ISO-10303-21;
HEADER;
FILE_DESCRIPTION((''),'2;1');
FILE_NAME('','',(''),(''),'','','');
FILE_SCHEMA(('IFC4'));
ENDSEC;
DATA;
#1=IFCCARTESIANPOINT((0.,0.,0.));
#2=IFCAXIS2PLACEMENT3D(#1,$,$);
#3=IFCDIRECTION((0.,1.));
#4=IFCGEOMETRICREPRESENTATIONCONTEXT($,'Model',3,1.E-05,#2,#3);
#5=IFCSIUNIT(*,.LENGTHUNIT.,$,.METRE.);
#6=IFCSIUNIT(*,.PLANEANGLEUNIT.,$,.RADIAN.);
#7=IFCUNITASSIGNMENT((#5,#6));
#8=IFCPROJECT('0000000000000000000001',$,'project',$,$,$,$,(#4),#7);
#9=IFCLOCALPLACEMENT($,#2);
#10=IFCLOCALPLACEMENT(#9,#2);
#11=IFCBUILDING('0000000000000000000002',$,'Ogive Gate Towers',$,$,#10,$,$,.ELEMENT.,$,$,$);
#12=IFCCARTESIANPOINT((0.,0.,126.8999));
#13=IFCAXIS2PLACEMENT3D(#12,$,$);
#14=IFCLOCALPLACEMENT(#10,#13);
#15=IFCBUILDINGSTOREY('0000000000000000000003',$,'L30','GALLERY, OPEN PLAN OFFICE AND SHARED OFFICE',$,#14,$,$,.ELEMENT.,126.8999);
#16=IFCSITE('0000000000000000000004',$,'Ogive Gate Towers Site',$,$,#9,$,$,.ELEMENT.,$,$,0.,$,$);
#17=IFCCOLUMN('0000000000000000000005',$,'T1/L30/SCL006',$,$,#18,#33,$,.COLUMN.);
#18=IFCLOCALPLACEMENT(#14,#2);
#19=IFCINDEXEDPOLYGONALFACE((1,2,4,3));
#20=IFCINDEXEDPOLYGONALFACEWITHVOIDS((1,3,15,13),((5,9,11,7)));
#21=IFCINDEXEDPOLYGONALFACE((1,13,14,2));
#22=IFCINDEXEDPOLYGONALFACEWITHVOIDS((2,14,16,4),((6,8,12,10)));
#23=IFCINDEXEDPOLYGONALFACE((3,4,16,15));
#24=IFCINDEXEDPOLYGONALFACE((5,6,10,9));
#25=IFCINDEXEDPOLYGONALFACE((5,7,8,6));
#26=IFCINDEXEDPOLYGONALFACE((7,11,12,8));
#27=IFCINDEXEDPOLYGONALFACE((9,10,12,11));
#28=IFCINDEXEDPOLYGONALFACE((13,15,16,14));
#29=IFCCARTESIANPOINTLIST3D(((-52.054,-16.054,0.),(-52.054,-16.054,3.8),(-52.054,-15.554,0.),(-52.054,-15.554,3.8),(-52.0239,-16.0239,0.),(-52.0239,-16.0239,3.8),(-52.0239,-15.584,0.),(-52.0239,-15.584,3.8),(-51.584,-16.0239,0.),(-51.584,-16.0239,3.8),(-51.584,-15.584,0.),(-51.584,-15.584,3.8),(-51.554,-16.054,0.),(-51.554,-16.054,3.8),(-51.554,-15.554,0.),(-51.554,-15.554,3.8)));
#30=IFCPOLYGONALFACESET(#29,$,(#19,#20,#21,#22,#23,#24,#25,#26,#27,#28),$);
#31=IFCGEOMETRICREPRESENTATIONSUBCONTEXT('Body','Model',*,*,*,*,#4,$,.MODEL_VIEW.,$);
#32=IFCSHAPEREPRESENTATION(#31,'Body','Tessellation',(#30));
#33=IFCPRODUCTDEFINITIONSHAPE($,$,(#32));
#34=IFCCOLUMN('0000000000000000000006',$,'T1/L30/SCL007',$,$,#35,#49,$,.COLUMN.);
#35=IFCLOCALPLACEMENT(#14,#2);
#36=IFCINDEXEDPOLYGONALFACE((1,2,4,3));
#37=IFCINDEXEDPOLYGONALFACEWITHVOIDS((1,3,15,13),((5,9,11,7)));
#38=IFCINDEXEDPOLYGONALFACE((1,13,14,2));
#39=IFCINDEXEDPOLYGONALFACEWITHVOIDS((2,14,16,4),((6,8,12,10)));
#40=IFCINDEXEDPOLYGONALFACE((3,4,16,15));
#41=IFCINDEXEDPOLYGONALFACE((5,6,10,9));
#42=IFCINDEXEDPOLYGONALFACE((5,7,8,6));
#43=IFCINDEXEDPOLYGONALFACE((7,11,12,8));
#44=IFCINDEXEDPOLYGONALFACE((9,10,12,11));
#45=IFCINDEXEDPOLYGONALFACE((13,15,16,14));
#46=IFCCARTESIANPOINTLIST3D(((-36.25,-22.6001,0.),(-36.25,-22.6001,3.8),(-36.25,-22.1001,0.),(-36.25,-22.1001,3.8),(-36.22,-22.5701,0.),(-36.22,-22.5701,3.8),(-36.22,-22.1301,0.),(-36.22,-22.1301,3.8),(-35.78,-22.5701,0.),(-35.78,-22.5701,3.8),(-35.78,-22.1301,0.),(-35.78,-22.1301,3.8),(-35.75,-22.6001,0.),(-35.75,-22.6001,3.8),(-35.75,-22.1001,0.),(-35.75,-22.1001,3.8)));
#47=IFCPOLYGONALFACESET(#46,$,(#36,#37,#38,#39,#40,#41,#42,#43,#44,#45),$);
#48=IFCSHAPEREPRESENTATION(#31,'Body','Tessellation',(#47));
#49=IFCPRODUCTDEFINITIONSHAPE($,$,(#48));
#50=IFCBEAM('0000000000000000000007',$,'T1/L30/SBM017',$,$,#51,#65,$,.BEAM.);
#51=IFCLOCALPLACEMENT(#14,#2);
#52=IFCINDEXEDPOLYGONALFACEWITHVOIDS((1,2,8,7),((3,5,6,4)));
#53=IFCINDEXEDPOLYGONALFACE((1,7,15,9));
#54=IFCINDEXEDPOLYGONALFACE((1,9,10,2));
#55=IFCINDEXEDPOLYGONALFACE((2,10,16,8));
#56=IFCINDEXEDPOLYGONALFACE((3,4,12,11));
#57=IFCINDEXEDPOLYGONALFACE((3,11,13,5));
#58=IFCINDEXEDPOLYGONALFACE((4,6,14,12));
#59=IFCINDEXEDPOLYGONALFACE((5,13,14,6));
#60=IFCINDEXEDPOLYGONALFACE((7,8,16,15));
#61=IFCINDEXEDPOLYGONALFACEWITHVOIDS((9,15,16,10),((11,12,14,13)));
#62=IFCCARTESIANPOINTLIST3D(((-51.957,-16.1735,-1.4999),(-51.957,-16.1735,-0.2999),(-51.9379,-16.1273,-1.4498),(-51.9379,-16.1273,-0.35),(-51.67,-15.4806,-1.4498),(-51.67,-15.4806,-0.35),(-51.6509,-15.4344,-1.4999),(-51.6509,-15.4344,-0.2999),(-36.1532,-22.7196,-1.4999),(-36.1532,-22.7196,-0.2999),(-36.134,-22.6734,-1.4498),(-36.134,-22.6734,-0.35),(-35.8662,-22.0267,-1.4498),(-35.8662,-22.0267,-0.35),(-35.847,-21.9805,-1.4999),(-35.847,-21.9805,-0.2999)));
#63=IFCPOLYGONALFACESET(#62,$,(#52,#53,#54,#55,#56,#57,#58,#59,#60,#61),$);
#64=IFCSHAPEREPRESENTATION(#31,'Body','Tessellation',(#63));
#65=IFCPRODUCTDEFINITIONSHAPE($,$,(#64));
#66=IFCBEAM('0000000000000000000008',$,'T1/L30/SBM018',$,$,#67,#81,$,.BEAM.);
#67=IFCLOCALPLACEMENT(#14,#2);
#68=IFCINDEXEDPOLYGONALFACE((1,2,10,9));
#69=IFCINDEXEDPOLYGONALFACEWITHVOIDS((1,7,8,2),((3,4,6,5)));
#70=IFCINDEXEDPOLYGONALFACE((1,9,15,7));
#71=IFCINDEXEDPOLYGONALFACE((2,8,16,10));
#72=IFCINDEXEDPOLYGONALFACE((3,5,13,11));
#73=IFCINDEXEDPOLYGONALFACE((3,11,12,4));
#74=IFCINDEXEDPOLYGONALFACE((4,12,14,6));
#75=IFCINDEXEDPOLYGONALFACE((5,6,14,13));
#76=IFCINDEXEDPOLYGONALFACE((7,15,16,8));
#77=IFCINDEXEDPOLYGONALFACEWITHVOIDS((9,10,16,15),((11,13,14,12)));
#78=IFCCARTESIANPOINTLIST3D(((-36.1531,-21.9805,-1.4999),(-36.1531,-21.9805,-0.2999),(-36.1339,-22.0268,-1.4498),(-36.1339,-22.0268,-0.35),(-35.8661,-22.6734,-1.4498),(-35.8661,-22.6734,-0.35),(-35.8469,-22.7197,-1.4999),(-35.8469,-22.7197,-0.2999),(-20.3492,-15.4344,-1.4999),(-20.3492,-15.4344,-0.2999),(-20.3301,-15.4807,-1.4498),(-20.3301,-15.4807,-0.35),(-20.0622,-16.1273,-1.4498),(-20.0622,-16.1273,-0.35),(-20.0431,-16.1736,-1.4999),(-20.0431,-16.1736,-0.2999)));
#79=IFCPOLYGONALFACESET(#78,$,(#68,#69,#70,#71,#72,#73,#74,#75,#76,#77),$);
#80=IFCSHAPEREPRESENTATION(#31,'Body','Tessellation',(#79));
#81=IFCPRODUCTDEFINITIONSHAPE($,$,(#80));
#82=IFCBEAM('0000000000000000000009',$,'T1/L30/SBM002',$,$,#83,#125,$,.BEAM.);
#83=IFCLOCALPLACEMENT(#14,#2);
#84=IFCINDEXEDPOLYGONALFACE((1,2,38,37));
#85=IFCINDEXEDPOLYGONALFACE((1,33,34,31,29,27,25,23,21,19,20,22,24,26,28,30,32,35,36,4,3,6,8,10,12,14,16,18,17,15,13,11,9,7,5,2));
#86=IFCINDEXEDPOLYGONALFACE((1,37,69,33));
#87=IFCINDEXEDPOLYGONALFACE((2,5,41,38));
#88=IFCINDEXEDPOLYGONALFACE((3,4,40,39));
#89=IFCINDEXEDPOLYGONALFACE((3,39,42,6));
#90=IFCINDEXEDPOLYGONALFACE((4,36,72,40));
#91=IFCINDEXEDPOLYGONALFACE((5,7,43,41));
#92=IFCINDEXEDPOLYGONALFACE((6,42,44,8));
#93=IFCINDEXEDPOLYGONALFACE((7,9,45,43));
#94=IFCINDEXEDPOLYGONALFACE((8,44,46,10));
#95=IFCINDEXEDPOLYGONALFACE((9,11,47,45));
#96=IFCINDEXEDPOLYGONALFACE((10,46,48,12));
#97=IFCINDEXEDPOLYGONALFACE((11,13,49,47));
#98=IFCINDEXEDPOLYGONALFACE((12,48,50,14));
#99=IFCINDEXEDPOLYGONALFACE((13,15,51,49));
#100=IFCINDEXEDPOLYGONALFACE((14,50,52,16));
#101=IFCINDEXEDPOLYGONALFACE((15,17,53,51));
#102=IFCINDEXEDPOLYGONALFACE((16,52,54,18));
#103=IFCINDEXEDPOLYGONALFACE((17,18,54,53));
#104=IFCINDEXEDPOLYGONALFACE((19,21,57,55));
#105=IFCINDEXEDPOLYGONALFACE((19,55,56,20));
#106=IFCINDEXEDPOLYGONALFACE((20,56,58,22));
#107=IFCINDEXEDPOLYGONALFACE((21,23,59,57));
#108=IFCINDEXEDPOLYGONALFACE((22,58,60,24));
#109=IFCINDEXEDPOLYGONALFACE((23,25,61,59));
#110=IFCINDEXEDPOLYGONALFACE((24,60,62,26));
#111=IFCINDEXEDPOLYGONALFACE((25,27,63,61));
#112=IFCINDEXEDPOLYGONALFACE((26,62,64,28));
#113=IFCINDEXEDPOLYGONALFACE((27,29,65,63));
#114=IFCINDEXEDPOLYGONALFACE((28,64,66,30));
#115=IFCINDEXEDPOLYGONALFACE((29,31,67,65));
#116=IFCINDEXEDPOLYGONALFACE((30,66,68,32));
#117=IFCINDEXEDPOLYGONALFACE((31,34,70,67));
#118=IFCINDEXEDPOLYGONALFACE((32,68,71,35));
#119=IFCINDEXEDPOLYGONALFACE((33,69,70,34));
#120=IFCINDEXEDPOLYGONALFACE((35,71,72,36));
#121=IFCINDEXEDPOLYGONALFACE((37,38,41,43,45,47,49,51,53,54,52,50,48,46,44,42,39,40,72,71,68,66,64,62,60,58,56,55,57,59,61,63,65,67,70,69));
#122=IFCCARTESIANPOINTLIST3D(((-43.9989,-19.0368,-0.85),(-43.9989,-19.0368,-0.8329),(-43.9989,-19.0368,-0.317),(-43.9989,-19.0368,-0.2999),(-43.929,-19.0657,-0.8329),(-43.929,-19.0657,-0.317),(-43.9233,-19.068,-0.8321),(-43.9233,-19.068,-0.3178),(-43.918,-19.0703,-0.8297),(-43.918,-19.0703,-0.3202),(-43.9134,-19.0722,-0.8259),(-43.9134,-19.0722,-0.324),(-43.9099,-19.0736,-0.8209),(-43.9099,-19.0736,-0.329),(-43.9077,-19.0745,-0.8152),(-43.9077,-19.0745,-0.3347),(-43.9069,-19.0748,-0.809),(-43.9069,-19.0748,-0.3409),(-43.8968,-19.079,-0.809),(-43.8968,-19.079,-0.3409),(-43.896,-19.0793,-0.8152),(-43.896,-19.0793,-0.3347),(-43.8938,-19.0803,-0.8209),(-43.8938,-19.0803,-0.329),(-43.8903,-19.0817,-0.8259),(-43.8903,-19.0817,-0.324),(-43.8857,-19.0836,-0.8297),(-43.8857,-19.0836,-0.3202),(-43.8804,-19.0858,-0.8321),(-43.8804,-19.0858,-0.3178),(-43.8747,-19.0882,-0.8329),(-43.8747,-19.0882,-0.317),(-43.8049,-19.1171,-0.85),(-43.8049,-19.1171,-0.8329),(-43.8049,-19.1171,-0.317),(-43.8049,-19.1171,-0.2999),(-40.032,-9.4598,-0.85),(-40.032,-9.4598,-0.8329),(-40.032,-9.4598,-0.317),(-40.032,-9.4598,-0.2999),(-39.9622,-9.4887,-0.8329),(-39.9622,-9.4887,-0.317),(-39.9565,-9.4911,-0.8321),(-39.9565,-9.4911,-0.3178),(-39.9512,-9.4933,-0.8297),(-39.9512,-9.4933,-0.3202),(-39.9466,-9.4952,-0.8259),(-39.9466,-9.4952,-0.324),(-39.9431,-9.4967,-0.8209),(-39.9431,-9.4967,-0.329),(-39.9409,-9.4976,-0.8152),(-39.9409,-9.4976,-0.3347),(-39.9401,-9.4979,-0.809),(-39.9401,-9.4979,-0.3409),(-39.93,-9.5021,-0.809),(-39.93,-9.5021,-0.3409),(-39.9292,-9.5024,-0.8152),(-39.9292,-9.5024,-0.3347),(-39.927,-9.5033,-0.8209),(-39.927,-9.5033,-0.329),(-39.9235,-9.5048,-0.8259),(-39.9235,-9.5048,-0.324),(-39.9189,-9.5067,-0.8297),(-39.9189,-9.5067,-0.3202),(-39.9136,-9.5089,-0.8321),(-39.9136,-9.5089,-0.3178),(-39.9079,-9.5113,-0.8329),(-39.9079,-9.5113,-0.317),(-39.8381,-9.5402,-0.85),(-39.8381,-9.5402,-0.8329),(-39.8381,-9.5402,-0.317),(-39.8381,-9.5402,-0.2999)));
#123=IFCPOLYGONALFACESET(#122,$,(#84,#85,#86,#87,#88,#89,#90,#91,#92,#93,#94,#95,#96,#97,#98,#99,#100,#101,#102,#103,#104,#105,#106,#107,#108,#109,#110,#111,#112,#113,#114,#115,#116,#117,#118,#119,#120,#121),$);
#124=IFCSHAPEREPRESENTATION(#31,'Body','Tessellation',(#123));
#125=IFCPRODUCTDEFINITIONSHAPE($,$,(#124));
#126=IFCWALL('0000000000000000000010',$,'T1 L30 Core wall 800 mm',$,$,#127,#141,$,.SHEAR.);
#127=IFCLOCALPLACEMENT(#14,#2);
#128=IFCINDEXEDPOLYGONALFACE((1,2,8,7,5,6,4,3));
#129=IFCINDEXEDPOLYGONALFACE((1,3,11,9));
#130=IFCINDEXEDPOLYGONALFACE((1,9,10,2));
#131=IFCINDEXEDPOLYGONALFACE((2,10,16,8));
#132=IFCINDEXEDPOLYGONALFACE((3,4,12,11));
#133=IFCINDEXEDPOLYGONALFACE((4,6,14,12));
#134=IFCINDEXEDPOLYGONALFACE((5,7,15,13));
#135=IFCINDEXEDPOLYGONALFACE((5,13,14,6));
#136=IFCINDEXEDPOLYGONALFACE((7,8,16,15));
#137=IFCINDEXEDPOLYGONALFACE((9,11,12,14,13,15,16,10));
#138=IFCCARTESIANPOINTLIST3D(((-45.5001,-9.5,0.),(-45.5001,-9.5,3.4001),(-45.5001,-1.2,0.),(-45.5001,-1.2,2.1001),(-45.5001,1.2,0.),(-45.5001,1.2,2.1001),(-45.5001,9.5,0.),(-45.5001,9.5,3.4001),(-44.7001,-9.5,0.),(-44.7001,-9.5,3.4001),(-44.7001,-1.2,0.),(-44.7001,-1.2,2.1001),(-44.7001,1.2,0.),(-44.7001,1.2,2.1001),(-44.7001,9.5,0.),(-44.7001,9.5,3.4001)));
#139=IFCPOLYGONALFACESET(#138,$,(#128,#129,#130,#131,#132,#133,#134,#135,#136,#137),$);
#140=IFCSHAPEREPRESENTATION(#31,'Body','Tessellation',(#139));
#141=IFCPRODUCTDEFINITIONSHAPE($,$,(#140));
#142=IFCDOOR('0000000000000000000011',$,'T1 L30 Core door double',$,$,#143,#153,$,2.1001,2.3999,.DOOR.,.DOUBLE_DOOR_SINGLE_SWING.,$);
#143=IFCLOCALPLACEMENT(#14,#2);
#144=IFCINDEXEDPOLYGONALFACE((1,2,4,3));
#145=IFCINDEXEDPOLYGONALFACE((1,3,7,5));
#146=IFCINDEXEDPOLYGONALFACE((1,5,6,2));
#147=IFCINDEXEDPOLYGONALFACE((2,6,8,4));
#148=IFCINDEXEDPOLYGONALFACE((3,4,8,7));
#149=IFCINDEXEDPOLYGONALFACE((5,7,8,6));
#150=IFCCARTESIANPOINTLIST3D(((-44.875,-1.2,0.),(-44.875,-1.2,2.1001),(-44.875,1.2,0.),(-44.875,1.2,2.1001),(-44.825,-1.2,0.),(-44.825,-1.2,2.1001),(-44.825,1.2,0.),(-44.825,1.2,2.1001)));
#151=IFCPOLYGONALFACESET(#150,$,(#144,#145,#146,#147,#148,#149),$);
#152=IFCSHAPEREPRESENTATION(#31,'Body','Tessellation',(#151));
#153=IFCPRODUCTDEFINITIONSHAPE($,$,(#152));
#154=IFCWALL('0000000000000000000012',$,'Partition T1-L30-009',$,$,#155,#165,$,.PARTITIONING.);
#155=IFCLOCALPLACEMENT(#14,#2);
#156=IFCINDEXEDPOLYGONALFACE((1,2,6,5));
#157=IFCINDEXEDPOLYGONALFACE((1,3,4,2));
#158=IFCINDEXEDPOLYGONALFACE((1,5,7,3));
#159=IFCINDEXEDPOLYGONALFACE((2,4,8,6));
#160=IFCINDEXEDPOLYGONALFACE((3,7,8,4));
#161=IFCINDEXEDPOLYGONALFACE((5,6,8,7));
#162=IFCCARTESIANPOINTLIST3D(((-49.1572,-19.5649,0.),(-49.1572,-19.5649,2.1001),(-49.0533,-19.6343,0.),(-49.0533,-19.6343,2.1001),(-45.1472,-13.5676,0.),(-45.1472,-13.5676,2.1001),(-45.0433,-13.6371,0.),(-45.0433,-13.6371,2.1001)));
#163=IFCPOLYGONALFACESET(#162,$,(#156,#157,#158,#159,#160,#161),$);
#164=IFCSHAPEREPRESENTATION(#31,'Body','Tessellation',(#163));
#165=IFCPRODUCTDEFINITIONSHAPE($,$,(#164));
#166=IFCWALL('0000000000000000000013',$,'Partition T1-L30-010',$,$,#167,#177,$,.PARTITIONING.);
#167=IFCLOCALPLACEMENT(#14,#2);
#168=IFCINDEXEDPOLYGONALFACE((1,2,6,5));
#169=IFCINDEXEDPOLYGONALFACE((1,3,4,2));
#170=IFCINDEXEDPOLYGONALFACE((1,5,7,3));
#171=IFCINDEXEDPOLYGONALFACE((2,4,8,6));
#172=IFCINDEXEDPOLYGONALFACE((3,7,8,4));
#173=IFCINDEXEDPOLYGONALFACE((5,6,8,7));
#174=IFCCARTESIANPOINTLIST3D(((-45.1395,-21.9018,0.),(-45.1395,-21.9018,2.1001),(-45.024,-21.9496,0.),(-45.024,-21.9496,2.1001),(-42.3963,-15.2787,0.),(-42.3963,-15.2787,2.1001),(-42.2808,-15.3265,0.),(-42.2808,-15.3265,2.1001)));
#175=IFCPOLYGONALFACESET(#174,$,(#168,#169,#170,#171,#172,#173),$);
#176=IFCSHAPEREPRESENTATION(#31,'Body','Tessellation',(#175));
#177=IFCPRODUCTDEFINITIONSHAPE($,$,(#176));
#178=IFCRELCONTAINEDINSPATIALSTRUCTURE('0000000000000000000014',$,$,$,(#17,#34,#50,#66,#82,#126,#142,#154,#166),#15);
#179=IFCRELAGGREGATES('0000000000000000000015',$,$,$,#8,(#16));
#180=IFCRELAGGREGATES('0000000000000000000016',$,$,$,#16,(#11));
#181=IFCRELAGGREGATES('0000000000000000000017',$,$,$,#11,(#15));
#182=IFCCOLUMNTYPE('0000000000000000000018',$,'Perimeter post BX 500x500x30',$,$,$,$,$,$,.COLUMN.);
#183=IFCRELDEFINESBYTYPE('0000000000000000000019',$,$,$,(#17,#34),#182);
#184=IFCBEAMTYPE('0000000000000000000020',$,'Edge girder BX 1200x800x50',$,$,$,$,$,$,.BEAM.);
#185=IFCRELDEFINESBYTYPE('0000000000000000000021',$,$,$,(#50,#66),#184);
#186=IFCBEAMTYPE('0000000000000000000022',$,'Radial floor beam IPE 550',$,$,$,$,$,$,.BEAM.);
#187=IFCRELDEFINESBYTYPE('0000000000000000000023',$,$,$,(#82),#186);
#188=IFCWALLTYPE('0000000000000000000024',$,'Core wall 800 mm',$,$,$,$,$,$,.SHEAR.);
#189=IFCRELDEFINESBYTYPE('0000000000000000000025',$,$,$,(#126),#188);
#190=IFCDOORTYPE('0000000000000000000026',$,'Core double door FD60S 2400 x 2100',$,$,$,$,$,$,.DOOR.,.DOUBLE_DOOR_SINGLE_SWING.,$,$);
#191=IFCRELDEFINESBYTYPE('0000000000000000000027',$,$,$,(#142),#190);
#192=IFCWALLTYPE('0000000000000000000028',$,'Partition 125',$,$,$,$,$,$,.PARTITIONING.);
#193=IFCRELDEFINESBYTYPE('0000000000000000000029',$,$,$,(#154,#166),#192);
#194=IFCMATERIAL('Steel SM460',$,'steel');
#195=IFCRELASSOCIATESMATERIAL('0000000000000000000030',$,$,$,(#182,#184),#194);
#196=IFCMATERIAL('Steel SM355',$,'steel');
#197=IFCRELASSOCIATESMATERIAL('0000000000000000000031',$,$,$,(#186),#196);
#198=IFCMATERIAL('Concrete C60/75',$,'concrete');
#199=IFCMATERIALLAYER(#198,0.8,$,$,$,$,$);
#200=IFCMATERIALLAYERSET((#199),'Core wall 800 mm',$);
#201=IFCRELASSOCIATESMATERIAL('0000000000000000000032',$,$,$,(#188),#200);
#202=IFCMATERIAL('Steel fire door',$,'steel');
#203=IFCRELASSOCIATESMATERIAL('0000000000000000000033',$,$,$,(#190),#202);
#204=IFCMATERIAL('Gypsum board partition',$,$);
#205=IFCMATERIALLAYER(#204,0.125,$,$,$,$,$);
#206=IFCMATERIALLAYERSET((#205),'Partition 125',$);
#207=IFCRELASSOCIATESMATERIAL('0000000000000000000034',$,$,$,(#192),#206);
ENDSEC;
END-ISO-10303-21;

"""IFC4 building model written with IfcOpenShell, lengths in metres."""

from ifc_helpers import new_model, si_unit, direction, frame, frame_2d, origin, origin_2d, place, context, subcontext, project, spatial, rectangle, hollow_rectangle, i_section, extrude, material, layer, layer_set, material_profile, profile_set, type_object, element, fill, save


model = new_model("IFC4")

# Units and contexts
model_context = context("Model", 3, precision=1e-05, world=origin(), true_north=direction((0.0, 1.0)))
body_context = subcontext(model_context, "Body", "Model", "MODEL_VIEW")
ifc_project = project(units=[si_unit("LENGTHUNIT", "METRE"), si_unit("PLANEANGLEUNIT", "RADIAN")], contexts=[model_context])

# Site, building, storey
site_placement = place(None, origin())
site = spatial("IfcSite", under=ifc_project, at=site_placement, Name="Ogive Gate Towers Site", CompositionType="ELEMENT", RefElevation=0.0)
building_placement = place(site_placement, origin())
building = spatial("IfcBuilding", under=site, at=building_placement, Name="Ogive Gate Towers", CompositionType="ELEMENT")
storey_placement = place(building_placement, frame((0.0, 0.0, 126.8999)))
storey = spatial("IfcBuildingStorey", under=building, at=storey_placement, Name="L30", Description="GALLERY, OPEN PLAN OFFICE AND SHARED OFFICE", CompositionType="ELEMENT", Elevation=126.8999)

# Columns
ifc_material_1 = material(Name="Steel SM460", Category="steel")
ifc_material_profile_1 = material_profile(ifc_material_1, hollow_rectangle(XDim=0.5, YDim=0.5, WallThickness=0.03, at=origin_2d()), Name="BX 500x500x30")
ifc_profile_set_1 = profile_set([ifc_material_profile_1], Name="Steel SM460")
column_type = type_object("IfcColumnType", Name="Perimeter post BX 500x500x30", PredefinedType="COLUMN", material=ifc_profile_set_1)
for number, where, z_axis, x_axis, name in (
    (1, (-51.804, -15.804, 0.0), (0.0, 0.0, 1.0), (1.0, 0.0, 0.0), "T1/L30/SCL006"),
    (2, (-36.0, -22.3501, 0.0), (0.0, 0.0, 1.0), (1.0, 0.0, 0.0), "T1/L30/SCL007"),
):
    element("IfcColumn", number, at=place(storey_placement, frame(where, z_axis=z_axis, x_axis=x_axis)), inside=storey, type_object=column_type, Name=name, PredefinedType="COLUMN", context=body_context, shape_type="SweptSolid", body=[
        extrude(hollow_rectangle(XDim=0.5, YDim=0.5, WallThickness=0.03, at=origin_2d()), origin(), (0.0, 0.0, 1.0), 3.8),
    ])

# Beams
ifc_material_profile_2 = material_profile(ifc_material_1, hollow_rectangle(XDim=0.8, YDim=1.2, WallThickness=0.05, at=origin_2d()), Name="BX 1200x800x50")
ifc_profile_set_2 = profile_set([ifc_material_profile_2], Name="Steel SM460")
beam_type_1 = type_object("IfcBeamType", Name="Edge girder BX 1200x800x50", PredefinedType="BEAM", material=ifc_profile_set_2)
for number, where, z_axis, x_axis, name in (
    (3, (-51.804, -15.804, -0.8999), (0.923881, -0.38268, 0.0), (0.38268, 0.923881, 0.0), "T1/L30/SBM017"),
    (4, (-36.0, -22.3501, -0.8999), (0.923881, 0.38268, 0.0), (-0.38268, 0.923881, 0.0), "T1/L30/SBM018"),
):
    element("IfcBeam", number, at=place(storey_placement, frame(where, z_axis=z_axis, x_axis=x_axis)), inside=storey, type_object=beam_type_1, Name=name, PredefinedType="BEAM", context=body_context, shape_type="SweptSolid", body=[
        extrude(hollow_rectangle(XDim=0.8, YDim=1.2, WallThickness=0.05, at=origin_2d()), origin(), (0.0, 0.0, 1.0), 17.106),
    ])
ifc_material_2 = material(Name="Steel SM355", Category="steel")
ifc_material_profile_3 = material_profile(ifc_material_2, i_section(OverallWidth=0.21, OverallDepth=0.55, WebThickness=0.011, FlangeThickness=0.0171, FilletRadius=0.0239, at=origin_2d()), Name="IPE 550")
ifc_profile_set_3 = profile_set([ifc_material_profile_3], Name="Steel SM355")
beam_type_2 = type_object("IfcBeamType", Name="Radial floor beam IPE 550", PredefinedType="BEAM", material=ifc_profile_set_3)
beam_placement = place(storey_placement, frame((-39.9351, -9.5, -0.575), z_axis=(-0.382676, -0.923882, 0.0), x_axis=(0.923882, -0.382676, 0.0)))
element("IfcBeam", 5, at=beam_placement, inside=storey, type_object=beam_type_2, Name="T1/L30/SBM002", PredefinedType="BEAM", context=body_context, shape_type="SweptSolid", body=[
    extrude(i_section(OverallWidth=0.21, OverallDepth=0.55, WebThickness=0.011, FlangeThickness=0.0171, FilletRadius=0.0239, at=origin_2d()), origin(), (0.0, 0.0, 1.0), 10.366),
])

# Wall, opening, door
ifc_material_3 = material(Name="Concrete C60/75", Category="concrete")
ifc_layer_1 = layer(ifc_material_3, 0.8)
ifc_layer_set_1 = layer_set([ifc_layer_1], Name="Core wall 800 mm")
wall_type_1 = type_object("IfcWallType", Name="Core wall 800 mm", PredefinedType="SHEAR", material=ifc_layer_set_1)
wall_1_placement = place(storey_placement, frame((-45.1001, -9.5, 0.0), z_axis=(0.0, 0.0, 1.0), x_axis=(0.0, 1.0, 0.0)))
wall_1 = element("IfcWall", 6, at=wall_1_placement, inside=storey, type_object=wall_type_1, Name="T1 L30 Core wall 800 mm", PredefinedType="SHEAR", context=body_context, shape_type="SweptSolid", body=[
    extrude(rectangle(XDim=19.0, YDim=0.8, at=frame_2d((9.5, 0.0))), origin(), (0.0, 0.0, 1.0), 3.4001),
])
opening_1_placement = place(wall_1_placement, frame((8.3, 0.0, 0.0)))
opening_1 = element("IfcOpeningElement", 7, at=opening_1_placement, cuts=wall_1, PredefinedType="OPENING", context=body_context, shape_type="SweptSolid", body=[
    extrude(rectangle(XDim=2.3999, YDim=2.1001, at=frame_2d((1.2, 1.05))), frame((0.0, 0.4102, 0.0), z_axis=(0.0, -1.0, 0.0), x_axis=(1.0, 0.0, 0.0)), (0.0, 0.0, 1.0), 0.8201),
])
ifc_material_4 = material(Name="Steel fire door", Category="steel")
door_type_1 = type_object("IfcDoorType", Name="Core double door FD60S 2400 x 2100", OperationType="DOUBLE_DOOR_SINGLE_SWING", PredefinedType="DOOR", material=ifc_material_4)
door_1_placement = place(opening_1_placement, origin())
door_1 = element("IfcDoor", 8, at=door_1_placement, inside=storey, type_object=door_type_1, Name="T1 L30 Core door double", OperationType="DOUBLE_DOOR_SINGLE_SWING", OverallHeight=2.1001, OverallWidth=2.3999, PredefinedType="DOOR", context=body_context, shape_type="SweptSolid", body=[
    extrude(rectangle(XDim=2.3999, YDim=2.1001, at=frame_2d((1.2, 1.05))), frame((0.0, -0.2251, 0.0), z_axis=(0.0, -1.0, 0.0), x_axis=(1.0, 0.0, 0.0)), (0.0, 0.0, 1.0), 0.05),
])
fill(opening_1, door_1)

# Walls
ifc_material_5 = material(Name="Gypsum board partition")
ifc_layer_2 = layer(ifc_material_5, 0.125)
ifc_layer_set_2 = layer_set([ifc_layer_2], Name="Partition 125")
wall_type_2 = type_object("IfcWallType", Name="Partition 125", PredefinedType="PARTITIONING", material=ifc_layer_set_2)
wall_2_placement = place(storey_placement, frame((-49.1052, -19.5996, 0.0), z_axis=(0.0, 0.0, 1.0), x_axis=(0.555832, 0.831295, 0.0)))
element("IfcWall", 9, at=wall_2_placement, inside=storey, type_object=wall_type_2, Name="Partition T1-L30-009", PredefinedType="PARTITIONING", context=body_context, shape_type="SweptSolid", body=[
    extrude(rectangle(XDim=7.2144, YDim=0.125, at=frame_2d((3.6072, 0.0))), origin(), (0.0, 0.0, 1.0), 2.1001),
])
wall_3_placement = place(storey_placement, frame((-45.0818, -21.9258, 0.0), z_axis=(0.0, 0.0, 1.0), x_axis=(0.382661, 0.923889, 0.0)))
element("IfcWall", 10, at=wall_3_placement, inside=storey, type_object=wall_type_2, Name="Partition T1-L30-010", PredefinedType="PARTITIONING", context=body_context, shape_type="SweptSolid", body=[
    extrude(rectangle(XDim=7.1687, YDim=0.125, at=frame_2d((3.5845, 0.0))), origin(), (0.0, 0.0, 1.0), 2.1001),
])

save(model, "model.ifc")
